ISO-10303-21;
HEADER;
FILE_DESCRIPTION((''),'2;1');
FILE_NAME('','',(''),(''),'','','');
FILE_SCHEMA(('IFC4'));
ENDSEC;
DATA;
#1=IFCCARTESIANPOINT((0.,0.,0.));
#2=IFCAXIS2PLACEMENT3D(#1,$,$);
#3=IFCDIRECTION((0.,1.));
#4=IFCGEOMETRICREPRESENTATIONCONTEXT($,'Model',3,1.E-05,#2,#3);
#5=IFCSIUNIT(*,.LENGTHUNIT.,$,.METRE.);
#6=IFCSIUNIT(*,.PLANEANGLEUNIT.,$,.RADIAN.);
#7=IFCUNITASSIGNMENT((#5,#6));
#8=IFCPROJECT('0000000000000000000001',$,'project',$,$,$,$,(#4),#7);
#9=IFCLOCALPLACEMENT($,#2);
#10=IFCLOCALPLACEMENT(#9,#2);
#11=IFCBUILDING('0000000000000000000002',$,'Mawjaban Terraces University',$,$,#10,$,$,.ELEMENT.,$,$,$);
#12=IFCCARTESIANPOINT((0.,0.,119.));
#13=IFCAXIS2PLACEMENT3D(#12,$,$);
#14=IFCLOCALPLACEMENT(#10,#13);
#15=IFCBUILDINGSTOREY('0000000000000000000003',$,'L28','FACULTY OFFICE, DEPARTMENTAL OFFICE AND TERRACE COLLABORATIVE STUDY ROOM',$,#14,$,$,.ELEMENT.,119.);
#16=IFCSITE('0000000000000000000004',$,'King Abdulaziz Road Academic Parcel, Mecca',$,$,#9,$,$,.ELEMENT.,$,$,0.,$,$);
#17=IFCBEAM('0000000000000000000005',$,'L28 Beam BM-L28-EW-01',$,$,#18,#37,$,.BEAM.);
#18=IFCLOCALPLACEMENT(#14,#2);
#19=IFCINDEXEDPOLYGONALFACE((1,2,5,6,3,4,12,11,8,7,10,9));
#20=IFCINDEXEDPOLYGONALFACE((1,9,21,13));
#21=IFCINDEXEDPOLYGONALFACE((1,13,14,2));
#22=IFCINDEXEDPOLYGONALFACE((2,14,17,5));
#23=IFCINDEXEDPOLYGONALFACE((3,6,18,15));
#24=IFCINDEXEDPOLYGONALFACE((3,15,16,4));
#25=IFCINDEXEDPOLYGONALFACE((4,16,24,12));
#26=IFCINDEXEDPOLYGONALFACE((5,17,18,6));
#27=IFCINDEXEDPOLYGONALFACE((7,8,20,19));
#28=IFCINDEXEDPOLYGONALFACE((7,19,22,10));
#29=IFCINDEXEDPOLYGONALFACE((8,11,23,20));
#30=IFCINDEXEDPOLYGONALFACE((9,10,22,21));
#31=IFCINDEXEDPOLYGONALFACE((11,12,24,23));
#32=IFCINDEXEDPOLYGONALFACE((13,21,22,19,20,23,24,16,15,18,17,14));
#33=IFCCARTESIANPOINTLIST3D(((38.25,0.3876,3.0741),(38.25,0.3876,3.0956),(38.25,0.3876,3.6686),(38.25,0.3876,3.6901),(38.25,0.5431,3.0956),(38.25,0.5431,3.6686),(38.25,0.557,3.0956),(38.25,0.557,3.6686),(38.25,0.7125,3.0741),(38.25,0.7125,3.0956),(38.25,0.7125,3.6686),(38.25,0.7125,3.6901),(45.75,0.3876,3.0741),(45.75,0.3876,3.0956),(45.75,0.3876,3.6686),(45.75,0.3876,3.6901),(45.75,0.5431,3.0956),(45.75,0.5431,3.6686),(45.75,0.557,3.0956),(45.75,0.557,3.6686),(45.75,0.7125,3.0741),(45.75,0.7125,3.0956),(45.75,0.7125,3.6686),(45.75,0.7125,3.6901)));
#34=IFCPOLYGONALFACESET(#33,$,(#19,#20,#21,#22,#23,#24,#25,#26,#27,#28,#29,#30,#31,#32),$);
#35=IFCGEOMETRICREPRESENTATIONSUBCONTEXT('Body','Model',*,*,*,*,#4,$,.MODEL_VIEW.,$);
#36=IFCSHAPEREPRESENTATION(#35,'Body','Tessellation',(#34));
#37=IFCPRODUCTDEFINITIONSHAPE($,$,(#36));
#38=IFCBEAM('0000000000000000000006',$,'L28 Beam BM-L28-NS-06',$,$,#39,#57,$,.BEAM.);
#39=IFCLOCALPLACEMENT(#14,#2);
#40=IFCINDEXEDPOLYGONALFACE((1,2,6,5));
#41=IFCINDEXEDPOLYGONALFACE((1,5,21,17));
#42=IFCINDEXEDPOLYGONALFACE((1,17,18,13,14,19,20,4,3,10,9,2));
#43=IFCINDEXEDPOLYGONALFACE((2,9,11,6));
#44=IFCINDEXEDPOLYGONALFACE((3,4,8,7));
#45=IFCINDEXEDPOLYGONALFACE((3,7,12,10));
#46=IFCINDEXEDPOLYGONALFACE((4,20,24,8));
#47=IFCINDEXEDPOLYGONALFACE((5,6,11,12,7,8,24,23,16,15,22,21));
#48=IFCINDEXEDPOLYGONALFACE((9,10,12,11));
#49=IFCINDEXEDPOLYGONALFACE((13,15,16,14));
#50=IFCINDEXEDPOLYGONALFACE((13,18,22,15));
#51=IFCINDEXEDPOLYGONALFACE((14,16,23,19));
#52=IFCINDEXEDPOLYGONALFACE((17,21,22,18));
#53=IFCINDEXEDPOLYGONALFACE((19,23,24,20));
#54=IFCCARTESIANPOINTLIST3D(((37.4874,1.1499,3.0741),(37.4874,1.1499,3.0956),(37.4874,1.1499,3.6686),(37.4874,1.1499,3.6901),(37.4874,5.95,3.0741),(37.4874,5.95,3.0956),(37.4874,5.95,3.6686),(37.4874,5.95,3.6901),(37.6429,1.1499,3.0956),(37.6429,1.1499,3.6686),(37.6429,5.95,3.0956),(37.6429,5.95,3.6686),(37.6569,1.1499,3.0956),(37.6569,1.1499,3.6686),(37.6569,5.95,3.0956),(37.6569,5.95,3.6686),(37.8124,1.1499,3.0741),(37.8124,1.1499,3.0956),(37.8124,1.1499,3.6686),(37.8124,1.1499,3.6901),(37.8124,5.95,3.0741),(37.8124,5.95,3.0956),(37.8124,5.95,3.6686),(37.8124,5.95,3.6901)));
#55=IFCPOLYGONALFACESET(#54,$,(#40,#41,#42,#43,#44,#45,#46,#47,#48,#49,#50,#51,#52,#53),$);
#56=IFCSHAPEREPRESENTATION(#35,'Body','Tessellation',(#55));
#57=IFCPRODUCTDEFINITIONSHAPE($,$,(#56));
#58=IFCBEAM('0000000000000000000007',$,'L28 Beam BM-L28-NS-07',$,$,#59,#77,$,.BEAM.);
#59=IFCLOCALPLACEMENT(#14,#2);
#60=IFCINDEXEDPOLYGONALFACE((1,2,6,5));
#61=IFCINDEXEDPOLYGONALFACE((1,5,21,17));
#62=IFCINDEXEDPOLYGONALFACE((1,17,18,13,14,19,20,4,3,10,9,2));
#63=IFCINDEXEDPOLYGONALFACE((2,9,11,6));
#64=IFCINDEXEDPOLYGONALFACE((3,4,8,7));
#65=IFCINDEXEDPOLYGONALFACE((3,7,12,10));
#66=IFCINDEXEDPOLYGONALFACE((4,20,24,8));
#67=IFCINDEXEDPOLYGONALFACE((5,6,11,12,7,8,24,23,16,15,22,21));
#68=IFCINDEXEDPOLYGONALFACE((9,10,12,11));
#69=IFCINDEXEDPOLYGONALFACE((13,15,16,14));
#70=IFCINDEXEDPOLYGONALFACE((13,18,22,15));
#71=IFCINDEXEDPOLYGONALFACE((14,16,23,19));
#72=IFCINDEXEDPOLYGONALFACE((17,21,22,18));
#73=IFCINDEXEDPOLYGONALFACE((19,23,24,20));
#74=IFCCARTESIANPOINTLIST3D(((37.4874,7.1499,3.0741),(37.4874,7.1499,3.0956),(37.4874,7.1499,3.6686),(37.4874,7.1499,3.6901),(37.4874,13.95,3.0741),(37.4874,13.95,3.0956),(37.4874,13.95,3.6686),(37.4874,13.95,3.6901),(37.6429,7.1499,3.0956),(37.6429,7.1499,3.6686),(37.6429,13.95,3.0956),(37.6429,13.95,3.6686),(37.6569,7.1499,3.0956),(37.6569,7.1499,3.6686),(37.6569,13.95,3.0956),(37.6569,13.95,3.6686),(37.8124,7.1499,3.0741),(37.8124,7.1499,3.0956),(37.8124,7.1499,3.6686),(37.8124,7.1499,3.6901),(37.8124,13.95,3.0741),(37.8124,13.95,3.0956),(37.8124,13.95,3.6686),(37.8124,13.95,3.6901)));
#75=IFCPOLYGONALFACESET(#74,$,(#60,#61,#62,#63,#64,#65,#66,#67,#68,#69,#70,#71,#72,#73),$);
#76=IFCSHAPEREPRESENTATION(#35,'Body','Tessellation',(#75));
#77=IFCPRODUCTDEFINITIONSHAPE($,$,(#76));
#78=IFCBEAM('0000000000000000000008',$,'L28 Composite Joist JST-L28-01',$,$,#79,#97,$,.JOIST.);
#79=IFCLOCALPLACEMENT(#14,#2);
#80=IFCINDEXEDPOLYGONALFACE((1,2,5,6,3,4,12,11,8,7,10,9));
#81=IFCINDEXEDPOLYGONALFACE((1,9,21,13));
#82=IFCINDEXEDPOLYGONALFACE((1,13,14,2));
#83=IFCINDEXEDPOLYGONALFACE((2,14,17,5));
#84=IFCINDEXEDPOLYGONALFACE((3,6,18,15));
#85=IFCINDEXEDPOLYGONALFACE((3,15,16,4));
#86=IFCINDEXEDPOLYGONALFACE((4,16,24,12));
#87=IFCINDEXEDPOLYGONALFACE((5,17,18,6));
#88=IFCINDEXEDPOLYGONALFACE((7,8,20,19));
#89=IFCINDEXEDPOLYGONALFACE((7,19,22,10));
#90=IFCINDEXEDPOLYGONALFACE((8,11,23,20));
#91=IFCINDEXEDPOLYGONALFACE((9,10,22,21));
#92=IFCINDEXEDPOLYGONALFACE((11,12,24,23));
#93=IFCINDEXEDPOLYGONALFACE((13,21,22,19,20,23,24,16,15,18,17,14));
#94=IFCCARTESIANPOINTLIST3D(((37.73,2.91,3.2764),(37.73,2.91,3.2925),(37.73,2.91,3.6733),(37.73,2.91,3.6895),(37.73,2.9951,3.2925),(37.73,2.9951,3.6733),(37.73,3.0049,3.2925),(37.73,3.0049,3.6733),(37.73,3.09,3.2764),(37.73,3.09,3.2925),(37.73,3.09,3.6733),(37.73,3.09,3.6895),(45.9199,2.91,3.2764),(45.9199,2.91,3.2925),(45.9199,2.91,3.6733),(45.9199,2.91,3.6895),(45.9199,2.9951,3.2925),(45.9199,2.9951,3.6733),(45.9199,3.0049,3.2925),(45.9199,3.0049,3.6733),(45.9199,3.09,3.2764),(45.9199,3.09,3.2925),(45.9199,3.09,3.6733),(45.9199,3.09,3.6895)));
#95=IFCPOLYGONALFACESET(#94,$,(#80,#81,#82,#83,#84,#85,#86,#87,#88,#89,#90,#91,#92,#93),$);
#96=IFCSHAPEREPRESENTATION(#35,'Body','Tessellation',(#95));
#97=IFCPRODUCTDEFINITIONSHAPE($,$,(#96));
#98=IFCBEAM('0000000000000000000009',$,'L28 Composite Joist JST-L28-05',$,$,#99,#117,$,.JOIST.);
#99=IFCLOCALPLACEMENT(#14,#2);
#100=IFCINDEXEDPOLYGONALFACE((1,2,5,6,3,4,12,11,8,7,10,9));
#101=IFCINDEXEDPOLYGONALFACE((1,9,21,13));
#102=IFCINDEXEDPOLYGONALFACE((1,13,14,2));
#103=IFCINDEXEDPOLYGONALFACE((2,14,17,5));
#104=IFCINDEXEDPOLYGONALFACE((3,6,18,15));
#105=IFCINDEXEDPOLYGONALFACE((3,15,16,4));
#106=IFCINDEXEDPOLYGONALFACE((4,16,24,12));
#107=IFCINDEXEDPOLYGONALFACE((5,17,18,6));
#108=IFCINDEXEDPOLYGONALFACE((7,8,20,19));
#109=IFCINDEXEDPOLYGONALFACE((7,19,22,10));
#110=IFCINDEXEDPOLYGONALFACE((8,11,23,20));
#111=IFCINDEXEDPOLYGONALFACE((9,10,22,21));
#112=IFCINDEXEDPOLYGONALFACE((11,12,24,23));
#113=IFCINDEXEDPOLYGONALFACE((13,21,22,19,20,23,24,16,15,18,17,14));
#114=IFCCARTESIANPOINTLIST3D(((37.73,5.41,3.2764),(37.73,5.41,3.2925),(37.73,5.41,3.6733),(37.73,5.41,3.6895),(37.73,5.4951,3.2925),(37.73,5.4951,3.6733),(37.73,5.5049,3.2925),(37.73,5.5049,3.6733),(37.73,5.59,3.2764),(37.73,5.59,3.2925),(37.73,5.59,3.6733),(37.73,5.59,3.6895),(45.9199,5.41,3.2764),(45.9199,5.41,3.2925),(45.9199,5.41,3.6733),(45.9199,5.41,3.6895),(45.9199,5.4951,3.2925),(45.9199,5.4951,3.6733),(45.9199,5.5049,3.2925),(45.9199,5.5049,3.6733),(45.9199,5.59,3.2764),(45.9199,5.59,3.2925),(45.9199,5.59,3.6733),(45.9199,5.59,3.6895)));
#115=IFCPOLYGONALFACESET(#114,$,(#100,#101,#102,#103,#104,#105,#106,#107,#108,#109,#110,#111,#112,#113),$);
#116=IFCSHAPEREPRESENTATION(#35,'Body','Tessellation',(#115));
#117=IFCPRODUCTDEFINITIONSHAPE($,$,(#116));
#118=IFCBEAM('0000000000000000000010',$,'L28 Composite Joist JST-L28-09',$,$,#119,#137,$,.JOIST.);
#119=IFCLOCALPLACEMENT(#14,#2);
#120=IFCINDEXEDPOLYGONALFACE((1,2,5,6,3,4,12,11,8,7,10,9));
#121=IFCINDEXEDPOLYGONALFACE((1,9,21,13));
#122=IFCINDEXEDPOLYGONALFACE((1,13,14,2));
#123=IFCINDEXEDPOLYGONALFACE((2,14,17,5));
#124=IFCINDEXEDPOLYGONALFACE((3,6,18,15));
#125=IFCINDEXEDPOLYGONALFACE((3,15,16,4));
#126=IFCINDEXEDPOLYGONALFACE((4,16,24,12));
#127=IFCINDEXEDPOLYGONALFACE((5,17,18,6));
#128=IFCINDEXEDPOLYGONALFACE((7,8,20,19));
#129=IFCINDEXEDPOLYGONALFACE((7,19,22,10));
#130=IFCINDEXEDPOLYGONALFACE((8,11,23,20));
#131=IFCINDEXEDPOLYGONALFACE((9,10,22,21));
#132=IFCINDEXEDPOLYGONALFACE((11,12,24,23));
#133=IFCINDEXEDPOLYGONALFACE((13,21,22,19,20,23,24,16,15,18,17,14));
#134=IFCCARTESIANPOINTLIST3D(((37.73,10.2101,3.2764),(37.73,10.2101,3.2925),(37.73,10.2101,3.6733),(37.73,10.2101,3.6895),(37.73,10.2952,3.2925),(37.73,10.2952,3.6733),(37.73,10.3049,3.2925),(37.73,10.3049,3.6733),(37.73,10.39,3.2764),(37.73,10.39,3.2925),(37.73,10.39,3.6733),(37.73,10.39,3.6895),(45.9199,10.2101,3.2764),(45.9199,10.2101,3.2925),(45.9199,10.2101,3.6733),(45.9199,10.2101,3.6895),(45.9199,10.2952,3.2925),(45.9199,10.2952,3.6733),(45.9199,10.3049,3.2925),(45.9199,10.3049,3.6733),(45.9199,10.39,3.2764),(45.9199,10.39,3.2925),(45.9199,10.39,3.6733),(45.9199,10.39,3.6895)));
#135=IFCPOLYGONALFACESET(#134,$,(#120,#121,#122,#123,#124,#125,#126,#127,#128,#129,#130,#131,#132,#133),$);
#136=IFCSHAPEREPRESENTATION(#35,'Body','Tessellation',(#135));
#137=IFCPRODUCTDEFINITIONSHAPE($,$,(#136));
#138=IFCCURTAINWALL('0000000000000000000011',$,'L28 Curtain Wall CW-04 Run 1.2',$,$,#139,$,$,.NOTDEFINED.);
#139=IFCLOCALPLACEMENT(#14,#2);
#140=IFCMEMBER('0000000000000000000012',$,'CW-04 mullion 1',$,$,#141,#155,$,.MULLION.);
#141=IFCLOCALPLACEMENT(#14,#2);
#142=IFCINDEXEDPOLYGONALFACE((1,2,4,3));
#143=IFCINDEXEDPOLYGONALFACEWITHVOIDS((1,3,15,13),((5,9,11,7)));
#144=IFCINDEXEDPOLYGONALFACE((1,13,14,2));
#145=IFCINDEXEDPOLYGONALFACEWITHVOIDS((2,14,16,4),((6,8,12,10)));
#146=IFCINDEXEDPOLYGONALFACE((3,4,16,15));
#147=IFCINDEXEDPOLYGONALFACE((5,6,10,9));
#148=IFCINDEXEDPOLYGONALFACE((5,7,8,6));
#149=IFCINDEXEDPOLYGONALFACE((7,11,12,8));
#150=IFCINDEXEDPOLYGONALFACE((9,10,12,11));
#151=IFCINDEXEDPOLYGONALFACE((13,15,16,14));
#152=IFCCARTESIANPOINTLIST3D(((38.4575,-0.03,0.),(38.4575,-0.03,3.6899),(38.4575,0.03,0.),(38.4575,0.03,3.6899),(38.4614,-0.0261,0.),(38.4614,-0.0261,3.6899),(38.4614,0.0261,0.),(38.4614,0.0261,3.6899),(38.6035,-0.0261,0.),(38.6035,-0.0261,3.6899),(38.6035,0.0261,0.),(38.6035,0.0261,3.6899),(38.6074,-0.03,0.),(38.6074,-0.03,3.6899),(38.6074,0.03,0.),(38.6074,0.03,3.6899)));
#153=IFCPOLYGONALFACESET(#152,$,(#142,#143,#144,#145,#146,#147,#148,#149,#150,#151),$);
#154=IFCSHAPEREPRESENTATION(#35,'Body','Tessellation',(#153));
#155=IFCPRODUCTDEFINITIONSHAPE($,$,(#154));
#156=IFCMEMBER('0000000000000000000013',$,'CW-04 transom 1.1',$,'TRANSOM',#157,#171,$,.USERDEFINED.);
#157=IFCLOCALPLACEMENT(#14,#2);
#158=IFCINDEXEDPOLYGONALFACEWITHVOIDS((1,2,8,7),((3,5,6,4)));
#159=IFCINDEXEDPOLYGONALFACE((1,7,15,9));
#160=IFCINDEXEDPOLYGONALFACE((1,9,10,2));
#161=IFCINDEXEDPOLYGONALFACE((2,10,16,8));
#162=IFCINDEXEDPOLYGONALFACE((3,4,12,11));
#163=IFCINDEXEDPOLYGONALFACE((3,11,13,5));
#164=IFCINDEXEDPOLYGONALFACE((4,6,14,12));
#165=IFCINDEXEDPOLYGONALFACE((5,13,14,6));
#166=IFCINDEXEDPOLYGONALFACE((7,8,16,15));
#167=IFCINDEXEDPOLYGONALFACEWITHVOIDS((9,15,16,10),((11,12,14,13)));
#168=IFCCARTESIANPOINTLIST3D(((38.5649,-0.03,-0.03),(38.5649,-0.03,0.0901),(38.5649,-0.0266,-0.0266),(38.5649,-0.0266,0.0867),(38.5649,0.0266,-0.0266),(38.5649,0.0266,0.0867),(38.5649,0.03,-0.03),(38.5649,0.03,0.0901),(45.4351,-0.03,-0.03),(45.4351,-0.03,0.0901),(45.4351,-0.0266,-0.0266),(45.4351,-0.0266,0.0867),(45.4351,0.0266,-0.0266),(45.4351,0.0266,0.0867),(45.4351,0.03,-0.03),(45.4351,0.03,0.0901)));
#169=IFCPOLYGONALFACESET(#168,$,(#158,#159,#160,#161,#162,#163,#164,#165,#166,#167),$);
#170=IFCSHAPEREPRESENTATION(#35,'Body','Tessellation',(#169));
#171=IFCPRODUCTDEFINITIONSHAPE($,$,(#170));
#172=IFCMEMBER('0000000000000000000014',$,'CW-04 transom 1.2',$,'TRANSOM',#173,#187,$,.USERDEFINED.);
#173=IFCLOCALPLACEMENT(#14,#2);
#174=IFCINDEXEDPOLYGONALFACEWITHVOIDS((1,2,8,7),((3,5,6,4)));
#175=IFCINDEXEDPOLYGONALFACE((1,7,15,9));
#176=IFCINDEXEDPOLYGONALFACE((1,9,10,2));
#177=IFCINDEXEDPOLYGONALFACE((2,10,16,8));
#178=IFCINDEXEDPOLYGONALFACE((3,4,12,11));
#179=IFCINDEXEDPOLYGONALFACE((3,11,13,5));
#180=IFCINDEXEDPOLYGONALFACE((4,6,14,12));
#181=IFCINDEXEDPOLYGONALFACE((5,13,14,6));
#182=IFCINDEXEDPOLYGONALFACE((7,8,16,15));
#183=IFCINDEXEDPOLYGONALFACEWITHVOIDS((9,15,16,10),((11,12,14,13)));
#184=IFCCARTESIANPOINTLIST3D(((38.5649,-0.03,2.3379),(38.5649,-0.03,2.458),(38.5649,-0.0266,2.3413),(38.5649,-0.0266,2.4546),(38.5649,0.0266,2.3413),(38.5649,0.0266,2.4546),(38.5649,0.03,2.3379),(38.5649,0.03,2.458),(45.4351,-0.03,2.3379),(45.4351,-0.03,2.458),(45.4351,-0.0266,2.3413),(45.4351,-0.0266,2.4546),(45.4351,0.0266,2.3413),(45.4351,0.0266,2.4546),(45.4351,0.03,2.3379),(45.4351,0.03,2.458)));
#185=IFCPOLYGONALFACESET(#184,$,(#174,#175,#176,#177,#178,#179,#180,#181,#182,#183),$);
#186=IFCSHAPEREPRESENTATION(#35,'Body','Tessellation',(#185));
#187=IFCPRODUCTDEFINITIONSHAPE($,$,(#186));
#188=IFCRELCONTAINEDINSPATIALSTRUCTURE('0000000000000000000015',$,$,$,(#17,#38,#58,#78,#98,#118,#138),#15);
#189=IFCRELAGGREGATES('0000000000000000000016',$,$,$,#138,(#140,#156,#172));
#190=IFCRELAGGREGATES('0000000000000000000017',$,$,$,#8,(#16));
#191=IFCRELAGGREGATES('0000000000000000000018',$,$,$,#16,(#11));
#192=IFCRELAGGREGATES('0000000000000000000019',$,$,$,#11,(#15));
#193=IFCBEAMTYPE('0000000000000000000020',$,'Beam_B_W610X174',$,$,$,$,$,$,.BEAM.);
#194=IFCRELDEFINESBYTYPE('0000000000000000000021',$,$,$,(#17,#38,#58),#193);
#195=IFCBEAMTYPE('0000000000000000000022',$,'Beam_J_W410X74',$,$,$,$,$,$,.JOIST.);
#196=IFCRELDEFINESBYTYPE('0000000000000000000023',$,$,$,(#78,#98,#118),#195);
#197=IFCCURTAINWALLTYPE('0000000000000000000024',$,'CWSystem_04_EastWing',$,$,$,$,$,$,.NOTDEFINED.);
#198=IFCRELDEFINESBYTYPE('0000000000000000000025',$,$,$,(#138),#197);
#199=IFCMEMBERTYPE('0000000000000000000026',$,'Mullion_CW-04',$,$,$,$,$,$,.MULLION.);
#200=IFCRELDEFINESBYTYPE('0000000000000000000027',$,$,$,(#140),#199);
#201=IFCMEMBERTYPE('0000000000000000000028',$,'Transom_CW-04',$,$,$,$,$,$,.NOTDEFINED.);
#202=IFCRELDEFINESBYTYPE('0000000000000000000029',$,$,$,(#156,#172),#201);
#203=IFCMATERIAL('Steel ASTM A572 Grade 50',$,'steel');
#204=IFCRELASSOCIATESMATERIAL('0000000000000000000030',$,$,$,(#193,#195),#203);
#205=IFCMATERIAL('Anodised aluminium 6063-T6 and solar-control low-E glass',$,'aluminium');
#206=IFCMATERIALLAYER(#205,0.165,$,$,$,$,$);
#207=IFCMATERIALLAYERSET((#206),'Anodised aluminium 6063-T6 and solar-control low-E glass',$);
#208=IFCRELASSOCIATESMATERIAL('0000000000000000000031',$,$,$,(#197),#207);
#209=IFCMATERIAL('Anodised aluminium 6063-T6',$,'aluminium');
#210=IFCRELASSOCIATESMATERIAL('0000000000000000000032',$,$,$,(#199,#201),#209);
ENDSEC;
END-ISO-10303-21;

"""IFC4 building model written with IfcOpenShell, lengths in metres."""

from ifc_helpers import new_model, si_unit, direction, frame, origin, origin_2d, place, context, subcontext, project, spatial, hollow_rectangle, i_section, extrude, material, layer, layer_set, material_profile, profile_set, type_object, element, aggregate, save


model = new_model("IFC4")

# Units and contexts
model_context = context("Model", 3, precision=1e-05, world=origin(), true_north=direction((0.0, 1.0)))
body_context = subcontext(model_context, "Body", "Model", "MODEL_VIEW")
ifc_project = project(units=[si_unit("LENGTHUNIT", "METRE"), si_unit("PLANEANGLEUNIT", "RADIAN")], contexts=[model_context])

# Site, building, storey
site_placement = place(None, origin())
site = spatial("IfcSite", under=ifc_project, at=site_placement, Name="King Abdulaziz Road Academic Parcel, Mecca", CompositionType="ELEMENT", RefElevation=0.0)
building_placement = place(site_placement, origin())
building = spatial("IfcBuilding", under=site, at=building_placement, Name="Mawjaban Terraces University", CompositionType="ELEMENT")
storey_placement = place(building_placement, frame((0.0, 0.0, 119.0)))
storey = spatial("IfcBuildingStorey", under=building, at=storey_placement, Name="L28", Description="FACULTY OFFICE, DEPARTMENTAL OFFICE AND TERRACE COLLABORATIVE STUDY ROOM", CompositionType="ELEMENT", Elevation=119.0)

# Beams
ifc_material_1 = material(Name="Steel ASTM A572 Grade 50", Category="steel")
ifc_material_profile_1 = material_profile(ifc_material_1, i_section(OverallWidth=0.325, OverallDepth=0.616, WebThickness=0.0139, FlangeThickness=0.0215, at=origin_2d()), Name="W610X174")
ifc_profile_set_1 = profile_set([ifc_material_profile_1], Name="Steel ASTM A572 Grade 50")
beam_type_1 = type_object("IfcBeamType", Name="Beam_B_W610X174", PredefinedType="BEAM", material=ifc_profile_set_1)
beam_1_placement = place(storey_placement, frame((38.25, 0.55, 3.3821), z_axis=(1.0, 0.0, 0.0), x_axis=(0.0, 1.0, 0.0)))
element("IfcBeam", 1, at=beam_1_placement, inside=storey, type_object=beam_type_1, Name="L28 Beam BM-L28-EW-01", PredefinedType="BEAM", context=body_context, shape_type="SweptSolid", body=[
    extrude(i_section(OverallWidth=0.325, OverallDepth=0.616, WebThickness=0.0139, FlangeThickness=0.0215, at=origin_2d()), origin(), (0.0, 0.0, 1.0), 7.5),
])
beam_2_placement = place(storey_placement, frame((37.6499, 1.1499, 3.3821), z_axis=(0.0, 1.0, 0.0), x_axis=(-1.0, 0.0, 0.0)))
element("IfcBeam", 2, at=beam_2_placement, inside=storey, type_object=beam_type_1, Name="L28 Beam BM-L28-NS-06", PredefinedType="BEAM", context=body_context, shape_type="SweptSolid", body=[
    extrude(i_section(OverallWidth=0.325, OverallDepth=0.616, WebThickness=0.0139, FlangeThickness=0.0215, at=origin_2d()), origin(), (0.0, 0.0, 1.0), 4.8),
])
beam_3_placement = place(storey_placement, frame((37.6499, 7.1499, 3.3821), z_axis=(0.0, 1.0, 0.0), x_axis=(-1.0, 0.0, 0.0)))
element("IfcBeam", 3, at=beam_3_placement, inside=storey, type_object=beam_type_1, Name="L28 Beam BM-L28-NS-07", PredefinedType="BEAM", context=body_context, shape_type="SweptSolid", body=[
    extrude(i_section(OverallWidth=0.325, OverallDepth=0.616, WebThickness=0.0139, FlangeThickness=0.0215, at=origin_2d()), origin(), (0.0, 0.0, 1.0), 6.8),
])
ifc_material_profile_2 = material_profile(ifc_material_1, i_section(OverallWidth=0.1799, OverallDepth=0.4131, WebThickness=0.0098, FlangeThickness=0.0161, at=origin_2d()), Name="W410X74")
ifc_profile_set_2 = profile_set([ifc_material_profile_2], Name="Steel ASTM A572 Grade 50")
beam_type_2 = type_object("IfcBeamType", Name="Beam_J_W410X74", PredefinedType="JOIST", material=ifc_profile_set_2)
for number, where, z_axis, x_axis, name in (
    (4, (37.73, 3.0, 3.4829), (1.0, 0.0, 0.0), (0.0, 1.0, 0.0), "L28 Composite Joist JST-L28-01"),
    (5, (37.73, 5.5, 3.4829), (1.0, 0.0, 0.0), (0.0, 1.0, 0.0), "L28 Composite Joist JST-L28-05"),
    (6, (37.73, 10.3, 3.4829), (1.0, 0.0, 0.0), (0.0, 1.0, 0.0), "L28 Composite Joist JST-L28-09"),
):
    element("IfcBeam", number, at=place(storey_placement, frame(where, z_axis=z_axis, x_axis=x_axis)), inside=storey, type_object=beam_type_2, Name=name, PredefinedType="JOIST", context=body_context, shape_type="SweptSolid", body=[
        extrude(i_section(OverallWidth=0.1799, OverallDepth=0.4131, WebThickness=0.0098, FlangeThickness=0.0161, at=origin_2d()), origin(), (0.0, 0.0, 1.0), 8.1899),
    ])

# Curtain wall, members
ifc_material_2 = material(Name="Anodised aluminium 6063-T6 and solar-control low-E glass", Category="aluminium")
ifc_layer_1 = layer(ifc_material_2, 0.165)
ifc_layer_set_1 = layer_set([ifc_layer_1], Name="Anodised aluminium 6063-T6 and solar-control low-E glass")
curtain_wall_type = type_object("IfcCurtainWallType", Name="CWSystem_04_EastWing", PredefinedType="NOTDEFINED", material=ifc_layer_set_1)
curtain_wall_placement = place(storey_placement, origin())
curtain_wall = element("IfcCurtainWall", 7, at=curtain_wall_placement, inside=storey, type_object=curtain_wall_type, Name="L28 Curtain Wall CW-04 Run 1.2", PredefinedType="NOTDEFINED")
ifc_material_3 = material(Name="Anodised aluminium 6063-T6", Category="aluminium")
ifc_material_profile_3 = material_profile(ifc_material_3, hollow_rectangle(XDim=0.0601, YDim=0.1499, WallThickness=0.0039, at=origin_2d()), Name="ALU150X60X4")
ifc_profile_set_3 = profile_set([ifc_material_profile_3], Name="Anodised aluminium 6063-T6")
member_type_1 = type_object("IfcMemberType", Name="Mullion_CW-04", PredefinedType="MULLION", material=ifc_profile_set_3)
member_1_placement = place(storey_placement, frame((38.5325, 0.0, 0.0), z_axis=(0.0, 0.0, 1.0), x_axis=(0.0, 1.0, 0.0)))
member_1 = element("IfcMember", 8, at=member_1_placement, type_object=member_type_1, Name="CW-04 mullion 1", PredefinedType="MULLION", context=body_context, shape_type="SweptSolid", body=[
    extrude(hollow_rectangle(XDim=0.0601, YDim=0.1499, WallThickness=0.0039, at=origin_2d()), origin(), (0.0, 0.0, 1.0), 3.6899),
])
ifc_material_profile_4 = material_profile(ifc_material_3, hollow_rectangle(XDim=0.0601, YDim=0.1201, WallThickness=0.0034, at=origin_2d()), Name="ALU120X60X3.5")
ifc_profile_set_4 = profile_set([ifc_material_profile_4], Name="Anodised aluminium 6063-T6")
member_type_2 = type_object("IfcMemberType", Name="Transom_CW-04", PredefinedType="NOTDEFINED", material=ifc_profile_set_4)
member_2_placement = place(storey_placement, frame((38.5649, 0.0, 0.03), z_axis=(1.0, 0.0, 0.0), x_axis=(0.0, 1.0, 0.0)))
member_2 = element("IfcMember", 9, at=member_2_placement, type_object=member_type_2, Name="CW-04 transom 1.1", ObjectType="TRANSOM", PredefinedType="USERDEFINED", context=body_context, shape_type="SweptSolid", body=[
    extrude(hollow_rectangle(XDim=0.0601, YDim=0.1201, WallThickness=0.0034, at=origin_2d()), origin(), (0.0, 0.0, 1.0), 6.8701),
])
member_3_placement = place(storey_placement, frame((38.5649, 0.0, 2.3979), z_axis=(1.0, 0.0, 0.0), x_axis=(0.0, 1.0, 0.0)))
member_3 = element("IfcMember", 10, at=member_3_placement, type_object=member_type_2, Name="CW-04 transom 1.2", ObjectType="TRANSOM", PredefinedType="USERDEFINED", context=body_context, shape_type="SweptSolid", body=[
    extrude(hollow_rectangle(XDim=0.0601, YDim=0.1201, WallThickness=0.0034, at=origin_2d()), origin(), (0.0, 0.0, 1.0), 6.8701),
])
aggregate(curtain_wall, [member_1, member_2, member_3])

save(model, "model.ifc")
